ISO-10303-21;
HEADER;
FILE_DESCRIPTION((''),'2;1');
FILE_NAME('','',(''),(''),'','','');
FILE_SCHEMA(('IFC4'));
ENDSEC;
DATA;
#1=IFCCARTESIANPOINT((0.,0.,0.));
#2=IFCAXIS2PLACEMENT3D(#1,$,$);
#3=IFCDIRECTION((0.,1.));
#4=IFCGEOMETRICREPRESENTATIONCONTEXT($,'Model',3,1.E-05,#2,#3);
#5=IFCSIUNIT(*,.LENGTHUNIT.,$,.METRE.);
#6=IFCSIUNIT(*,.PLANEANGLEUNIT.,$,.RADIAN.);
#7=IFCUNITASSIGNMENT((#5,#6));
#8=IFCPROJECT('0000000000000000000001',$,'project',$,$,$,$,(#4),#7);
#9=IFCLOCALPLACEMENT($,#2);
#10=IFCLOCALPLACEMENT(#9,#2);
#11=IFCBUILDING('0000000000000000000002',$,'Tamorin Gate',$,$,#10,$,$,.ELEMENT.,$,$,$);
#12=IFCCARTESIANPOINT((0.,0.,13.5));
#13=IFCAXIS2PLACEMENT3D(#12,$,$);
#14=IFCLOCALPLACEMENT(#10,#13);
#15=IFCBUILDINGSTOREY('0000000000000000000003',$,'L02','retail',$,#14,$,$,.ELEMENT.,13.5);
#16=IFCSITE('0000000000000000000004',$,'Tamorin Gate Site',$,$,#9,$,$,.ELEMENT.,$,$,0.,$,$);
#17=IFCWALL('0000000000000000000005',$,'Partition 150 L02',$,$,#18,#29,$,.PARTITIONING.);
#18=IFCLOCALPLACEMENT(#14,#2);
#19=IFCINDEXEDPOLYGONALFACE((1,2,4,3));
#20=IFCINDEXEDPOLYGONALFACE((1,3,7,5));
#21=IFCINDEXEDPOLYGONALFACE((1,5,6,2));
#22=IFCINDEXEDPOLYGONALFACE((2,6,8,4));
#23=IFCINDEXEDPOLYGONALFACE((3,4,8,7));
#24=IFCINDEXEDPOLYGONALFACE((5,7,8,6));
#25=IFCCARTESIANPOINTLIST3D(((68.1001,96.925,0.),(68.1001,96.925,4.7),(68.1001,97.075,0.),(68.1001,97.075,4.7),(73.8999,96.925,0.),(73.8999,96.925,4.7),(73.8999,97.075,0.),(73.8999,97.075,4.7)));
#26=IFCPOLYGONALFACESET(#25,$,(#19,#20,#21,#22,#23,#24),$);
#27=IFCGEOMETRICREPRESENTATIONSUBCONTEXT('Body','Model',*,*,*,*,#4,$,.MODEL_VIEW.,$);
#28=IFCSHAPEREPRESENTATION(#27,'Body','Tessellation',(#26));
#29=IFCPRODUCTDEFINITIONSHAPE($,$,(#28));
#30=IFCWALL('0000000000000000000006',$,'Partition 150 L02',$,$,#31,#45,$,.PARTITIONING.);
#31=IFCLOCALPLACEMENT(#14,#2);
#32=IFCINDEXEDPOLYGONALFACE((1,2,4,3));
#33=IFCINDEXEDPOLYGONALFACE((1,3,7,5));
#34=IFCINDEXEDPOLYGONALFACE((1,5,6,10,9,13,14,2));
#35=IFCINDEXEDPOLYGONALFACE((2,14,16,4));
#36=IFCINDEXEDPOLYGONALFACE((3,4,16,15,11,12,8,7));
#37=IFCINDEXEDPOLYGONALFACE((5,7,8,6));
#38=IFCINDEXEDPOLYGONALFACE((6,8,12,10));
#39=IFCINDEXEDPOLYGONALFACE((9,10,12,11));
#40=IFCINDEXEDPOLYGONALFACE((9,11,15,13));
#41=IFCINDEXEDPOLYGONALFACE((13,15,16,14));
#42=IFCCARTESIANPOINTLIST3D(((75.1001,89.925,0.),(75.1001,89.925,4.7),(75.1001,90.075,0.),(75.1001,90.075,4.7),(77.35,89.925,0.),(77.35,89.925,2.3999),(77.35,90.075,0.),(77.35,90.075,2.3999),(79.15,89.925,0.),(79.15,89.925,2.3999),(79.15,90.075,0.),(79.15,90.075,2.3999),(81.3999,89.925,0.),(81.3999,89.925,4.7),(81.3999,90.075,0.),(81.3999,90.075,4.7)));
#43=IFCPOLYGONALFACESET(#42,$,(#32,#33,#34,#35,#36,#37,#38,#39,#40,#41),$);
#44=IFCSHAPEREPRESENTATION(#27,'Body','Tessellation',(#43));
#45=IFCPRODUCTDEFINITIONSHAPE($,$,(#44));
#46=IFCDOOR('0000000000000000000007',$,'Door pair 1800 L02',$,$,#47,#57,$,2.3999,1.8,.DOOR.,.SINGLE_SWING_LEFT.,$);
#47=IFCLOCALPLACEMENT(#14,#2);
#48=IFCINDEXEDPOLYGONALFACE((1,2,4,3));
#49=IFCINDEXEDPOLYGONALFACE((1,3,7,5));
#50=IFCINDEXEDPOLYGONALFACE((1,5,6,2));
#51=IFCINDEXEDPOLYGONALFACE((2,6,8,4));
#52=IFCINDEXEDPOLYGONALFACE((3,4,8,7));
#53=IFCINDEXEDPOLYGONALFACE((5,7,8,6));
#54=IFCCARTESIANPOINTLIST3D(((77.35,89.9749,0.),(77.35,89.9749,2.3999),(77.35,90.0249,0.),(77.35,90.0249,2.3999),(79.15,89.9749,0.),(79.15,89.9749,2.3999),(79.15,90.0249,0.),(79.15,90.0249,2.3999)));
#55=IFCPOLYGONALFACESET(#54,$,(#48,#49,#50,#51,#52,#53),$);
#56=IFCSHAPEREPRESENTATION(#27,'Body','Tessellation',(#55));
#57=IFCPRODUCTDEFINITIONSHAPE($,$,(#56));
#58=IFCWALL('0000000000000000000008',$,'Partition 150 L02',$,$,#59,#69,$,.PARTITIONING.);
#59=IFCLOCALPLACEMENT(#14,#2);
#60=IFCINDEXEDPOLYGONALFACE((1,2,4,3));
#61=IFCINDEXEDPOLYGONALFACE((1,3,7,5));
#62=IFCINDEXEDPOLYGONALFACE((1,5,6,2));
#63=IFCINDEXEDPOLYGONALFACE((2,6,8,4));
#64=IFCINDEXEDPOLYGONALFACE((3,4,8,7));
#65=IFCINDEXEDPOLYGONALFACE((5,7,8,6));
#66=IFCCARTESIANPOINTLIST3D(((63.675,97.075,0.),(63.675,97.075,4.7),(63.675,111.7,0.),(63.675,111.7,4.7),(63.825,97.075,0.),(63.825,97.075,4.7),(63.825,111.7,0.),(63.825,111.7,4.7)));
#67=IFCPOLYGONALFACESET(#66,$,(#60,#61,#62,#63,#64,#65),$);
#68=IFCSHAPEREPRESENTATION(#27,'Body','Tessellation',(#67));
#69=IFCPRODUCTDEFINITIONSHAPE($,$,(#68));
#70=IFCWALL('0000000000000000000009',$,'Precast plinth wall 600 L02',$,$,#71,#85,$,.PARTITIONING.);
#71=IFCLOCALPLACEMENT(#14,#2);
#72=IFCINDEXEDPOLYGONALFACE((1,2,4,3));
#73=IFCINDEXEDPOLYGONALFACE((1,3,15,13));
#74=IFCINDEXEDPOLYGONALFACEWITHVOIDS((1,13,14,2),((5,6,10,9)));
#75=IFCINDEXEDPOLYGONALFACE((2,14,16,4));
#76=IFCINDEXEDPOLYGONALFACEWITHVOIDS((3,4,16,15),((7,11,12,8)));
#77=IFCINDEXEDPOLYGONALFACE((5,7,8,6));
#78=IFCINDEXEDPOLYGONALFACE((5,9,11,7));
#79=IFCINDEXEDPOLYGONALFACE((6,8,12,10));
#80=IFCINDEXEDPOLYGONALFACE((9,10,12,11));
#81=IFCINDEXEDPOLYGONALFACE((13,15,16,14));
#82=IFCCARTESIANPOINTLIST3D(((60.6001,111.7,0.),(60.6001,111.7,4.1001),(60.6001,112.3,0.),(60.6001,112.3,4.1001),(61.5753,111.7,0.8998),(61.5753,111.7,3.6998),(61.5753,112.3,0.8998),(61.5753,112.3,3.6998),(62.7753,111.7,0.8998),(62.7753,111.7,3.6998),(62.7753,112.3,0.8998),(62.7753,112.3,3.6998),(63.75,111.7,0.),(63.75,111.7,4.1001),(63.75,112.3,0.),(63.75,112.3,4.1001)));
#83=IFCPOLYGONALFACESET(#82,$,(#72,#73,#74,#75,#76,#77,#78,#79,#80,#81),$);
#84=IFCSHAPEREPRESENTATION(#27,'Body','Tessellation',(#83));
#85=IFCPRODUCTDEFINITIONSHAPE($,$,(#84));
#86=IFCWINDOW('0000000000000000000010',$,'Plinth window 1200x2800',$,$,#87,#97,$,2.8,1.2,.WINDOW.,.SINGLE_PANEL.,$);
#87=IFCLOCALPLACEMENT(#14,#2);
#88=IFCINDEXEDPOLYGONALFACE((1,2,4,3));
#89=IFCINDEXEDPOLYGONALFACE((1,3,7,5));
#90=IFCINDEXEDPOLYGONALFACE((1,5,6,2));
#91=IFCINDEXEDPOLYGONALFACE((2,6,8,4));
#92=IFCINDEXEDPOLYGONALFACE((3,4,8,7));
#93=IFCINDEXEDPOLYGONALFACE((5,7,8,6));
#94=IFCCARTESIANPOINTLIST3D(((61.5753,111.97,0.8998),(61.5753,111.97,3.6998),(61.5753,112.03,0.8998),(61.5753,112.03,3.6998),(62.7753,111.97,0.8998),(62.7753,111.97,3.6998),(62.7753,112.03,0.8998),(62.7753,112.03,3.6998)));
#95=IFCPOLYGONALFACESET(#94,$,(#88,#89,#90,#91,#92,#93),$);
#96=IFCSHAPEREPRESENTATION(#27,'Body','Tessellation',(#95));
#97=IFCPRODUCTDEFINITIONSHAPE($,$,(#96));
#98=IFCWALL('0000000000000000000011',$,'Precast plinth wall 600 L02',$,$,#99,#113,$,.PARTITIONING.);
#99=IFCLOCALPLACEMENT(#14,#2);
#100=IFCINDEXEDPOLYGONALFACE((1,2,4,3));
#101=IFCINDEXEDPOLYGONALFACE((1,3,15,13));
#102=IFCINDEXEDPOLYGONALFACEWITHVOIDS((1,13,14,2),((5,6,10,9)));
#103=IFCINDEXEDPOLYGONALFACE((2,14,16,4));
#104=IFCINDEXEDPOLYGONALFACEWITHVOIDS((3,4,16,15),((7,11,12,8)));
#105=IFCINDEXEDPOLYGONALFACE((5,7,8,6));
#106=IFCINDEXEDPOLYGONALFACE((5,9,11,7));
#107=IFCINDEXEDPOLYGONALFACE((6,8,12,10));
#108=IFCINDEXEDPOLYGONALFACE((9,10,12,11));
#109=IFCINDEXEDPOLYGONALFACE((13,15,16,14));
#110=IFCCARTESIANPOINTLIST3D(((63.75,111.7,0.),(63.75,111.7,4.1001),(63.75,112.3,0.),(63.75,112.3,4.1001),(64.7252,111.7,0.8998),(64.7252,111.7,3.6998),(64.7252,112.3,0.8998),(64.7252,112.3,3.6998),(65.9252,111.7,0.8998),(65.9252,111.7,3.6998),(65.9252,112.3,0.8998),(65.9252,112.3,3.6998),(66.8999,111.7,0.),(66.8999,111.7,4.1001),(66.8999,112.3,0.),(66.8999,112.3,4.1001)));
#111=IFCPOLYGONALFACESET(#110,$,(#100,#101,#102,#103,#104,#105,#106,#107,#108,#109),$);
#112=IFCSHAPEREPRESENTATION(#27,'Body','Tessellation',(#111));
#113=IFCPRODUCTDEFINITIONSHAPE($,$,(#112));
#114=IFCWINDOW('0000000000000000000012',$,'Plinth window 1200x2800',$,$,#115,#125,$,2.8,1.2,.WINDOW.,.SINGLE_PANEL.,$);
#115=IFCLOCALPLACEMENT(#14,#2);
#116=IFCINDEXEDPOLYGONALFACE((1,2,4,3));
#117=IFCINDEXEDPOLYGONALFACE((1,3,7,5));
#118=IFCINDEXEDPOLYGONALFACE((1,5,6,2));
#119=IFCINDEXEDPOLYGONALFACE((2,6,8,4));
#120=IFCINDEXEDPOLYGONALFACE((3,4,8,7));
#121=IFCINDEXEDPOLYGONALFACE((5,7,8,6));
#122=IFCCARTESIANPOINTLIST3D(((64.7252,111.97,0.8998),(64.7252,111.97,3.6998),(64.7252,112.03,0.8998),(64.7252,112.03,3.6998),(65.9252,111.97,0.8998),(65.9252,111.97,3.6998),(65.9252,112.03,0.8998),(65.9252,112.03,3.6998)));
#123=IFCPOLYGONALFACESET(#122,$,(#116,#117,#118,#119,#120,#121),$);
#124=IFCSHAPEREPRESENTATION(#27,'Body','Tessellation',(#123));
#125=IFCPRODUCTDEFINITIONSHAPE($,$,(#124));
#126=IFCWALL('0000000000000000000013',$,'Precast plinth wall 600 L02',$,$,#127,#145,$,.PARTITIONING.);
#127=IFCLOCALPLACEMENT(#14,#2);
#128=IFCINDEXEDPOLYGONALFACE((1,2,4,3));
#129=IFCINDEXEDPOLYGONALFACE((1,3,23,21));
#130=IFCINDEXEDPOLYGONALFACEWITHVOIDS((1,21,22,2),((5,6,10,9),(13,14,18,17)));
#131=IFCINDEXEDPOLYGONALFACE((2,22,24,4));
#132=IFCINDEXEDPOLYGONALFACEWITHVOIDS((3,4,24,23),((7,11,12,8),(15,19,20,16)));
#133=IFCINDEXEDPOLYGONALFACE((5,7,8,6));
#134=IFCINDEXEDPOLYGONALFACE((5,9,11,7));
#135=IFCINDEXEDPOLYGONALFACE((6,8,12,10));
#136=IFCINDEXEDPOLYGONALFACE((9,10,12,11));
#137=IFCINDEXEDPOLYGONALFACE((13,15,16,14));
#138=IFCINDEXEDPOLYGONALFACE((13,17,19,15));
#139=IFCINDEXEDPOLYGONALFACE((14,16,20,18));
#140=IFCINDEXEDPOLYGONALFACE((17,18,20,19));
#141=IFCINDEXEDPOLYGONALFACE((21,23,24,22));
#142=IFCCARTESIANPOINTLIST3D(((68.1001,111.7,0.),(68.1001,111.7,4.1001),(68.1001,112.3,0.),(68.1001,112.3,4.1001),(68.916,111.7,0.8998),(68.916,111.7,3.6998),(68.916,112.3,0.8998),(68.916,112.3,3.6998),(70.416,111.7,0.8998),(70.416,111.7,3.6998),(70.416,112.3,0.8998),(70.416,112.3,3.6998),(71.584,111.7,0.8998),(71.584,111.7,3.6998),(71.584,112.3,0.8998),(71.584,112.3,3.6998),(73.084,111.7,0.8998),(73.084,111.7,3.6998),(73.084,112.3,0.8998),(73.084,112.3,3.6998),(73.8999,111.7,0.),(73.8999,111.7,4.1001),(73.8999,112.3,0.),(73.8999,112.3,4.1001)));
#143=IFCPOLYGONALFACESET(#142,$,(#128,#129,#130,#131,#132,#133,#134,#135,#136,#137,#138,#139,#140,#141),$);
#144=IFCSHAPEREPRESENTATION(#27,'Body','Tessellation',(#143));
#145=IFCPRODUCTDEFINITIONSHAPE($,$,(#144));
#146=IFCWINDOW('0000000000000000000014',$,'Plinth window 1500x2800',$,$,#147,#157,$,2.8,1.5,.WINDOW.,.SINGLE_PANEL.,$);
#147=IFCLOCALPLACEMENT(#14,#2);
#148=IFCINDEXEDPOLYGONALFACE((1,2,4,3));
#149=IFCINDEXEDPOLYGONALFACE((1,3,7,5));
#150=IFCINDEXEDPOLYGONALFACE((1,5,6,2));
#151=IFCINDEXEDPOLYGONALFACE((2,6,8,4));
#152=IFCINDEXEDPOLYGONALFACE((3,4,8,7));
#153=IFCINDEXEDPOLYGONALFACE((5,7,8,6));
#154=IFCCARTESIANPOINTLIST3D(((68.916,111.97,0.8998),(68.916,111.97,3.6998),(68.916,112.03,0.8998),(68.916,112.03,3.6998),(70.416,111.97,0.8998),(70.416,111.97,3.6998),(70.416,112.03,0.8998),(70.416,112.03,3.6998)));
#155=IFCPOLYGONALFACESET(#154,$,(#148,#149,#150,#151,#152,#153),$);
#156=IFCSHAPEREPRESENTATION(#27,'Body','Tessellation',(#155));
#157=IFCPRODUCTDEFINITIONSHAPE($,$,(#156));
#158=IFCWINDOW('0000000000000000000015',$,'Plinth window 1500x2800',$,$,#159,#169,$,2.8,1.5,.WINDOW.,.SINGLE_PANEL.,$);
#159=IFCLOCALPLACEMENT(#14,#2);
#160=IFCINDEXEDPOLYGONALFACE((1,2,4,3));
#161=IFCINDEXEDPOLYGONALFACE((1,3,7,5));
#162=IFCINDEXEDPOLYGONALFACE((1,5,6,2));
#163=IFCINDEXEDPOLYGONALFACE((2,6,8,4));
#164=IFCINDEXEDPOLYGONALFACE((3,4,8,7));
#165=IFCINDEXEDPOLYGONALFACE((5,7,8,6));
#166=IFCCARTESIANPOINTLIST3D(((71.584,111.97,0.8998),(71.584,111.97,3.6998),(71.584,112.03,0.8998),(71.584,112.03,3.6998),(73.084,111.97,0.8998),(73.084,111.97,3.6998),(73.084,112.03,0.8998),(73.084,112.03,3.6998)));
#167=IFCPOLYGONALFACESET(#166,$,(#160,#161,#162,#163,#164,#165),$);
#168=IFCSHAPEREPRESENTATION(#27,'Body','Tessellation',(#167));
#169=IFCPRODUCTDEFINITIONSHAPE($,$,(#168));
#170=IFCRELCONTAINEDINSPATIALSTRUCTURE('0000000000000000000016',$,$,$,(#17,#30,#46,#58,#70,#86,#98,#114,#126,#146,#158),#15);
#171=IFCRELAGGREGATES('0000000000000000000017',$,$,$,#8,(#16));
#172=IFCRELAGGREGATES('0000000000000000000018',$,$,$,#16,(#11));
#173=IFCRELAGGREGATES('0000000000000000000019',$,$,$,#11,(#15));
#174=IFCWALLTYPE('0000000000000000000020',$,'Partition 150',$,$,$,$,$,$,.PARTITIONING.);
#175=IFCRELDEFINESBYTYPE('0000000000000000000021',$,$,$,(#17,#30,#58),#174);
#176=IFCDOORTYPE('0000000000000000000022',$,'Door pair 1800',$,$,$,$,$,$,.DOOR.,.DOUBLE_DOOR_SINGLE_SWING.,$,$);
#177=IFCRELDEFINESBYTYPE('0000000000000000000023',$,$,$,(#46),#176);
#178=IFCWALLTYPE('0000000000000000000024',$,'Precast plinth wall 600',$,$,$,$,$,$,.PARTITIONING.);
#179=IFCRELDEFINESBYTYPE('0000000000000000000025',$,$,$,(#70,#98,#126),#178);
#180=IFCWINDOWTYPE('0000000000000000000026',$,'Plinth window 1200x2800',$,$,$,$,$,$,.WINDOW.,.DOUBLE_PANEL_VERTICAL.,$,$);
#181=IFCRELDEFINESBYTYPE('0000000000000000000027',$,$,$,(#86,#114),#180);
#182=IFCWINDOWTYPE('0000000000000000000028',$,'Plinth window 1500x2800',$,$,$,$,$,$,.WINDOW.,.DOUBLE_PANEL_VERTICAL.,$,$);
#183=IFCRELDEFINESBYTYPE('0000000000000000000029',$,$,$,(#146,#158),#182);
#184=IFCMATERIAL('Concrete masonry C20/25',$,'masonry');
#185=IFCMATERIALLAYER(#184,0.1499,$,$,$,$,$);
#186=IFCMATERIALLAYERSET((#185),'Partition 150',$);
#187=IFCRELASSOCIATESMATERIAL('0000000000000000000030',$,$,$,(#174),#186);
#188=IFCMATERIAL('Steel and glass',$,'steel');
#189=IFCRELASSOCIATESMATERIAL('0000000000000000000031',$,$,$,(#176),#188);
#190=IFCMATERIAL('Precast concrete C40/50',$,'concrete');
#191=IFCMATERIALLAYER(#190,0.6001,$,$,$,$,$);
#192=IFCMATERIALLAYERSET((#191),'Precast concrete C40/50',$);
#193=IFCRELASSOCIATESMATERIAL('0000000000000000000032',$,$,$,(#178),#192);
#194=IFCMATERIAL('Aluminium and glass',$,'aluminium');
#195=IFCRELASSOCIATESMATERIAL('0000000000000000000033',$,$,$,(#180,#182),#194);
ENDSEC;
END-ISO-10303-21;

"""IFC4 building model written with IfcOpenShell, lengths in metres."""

from ifc_helpers import new_model, si_unit, direction, frame, frame_2d, origin, place, context, subcontext, project, spatial, rectangle, extrude, material, layer, layer_set, type_object, element, fill, save


model = new_model("IFC4")

# Units and contexts
model_context = context("Model", 3, precision=1e-05, world=origin(), true_north=direction((0.0, 1.0)))
body_context = subcontext(model_context, "Body", "Model", "MODEL_VIEW")
ifc_project = project(units=[si_unit("LENGTHUNIT", "METRE"), si_unit("PLANEANGLEUNIT", "RADIAN")], contexts=[model_context])

# Site, building, storey
site_placement = place(None, origin())
site = spatial("IfcSite", under=ifc_project, at=site_placement, Name="Tamorin Gate Site", CompositionType="ELEMENT", RefElevation=0.0)
building_placement = place(site_placement, origin())
building = spatial("IfcBuilding", under=site, at=building_placement, Name="Tamorin Gate", CompositionType="ELEMENT")
storey_placement = place(building_placement, frame((0.0, 0.0, 13.5)))
storey = spatial("IfcBuildingStorey", under=building, at=storey_placement, Name="L02", Description="retail", CompositionType="ELEMENT", Elevation=13.5)

# Shared definitions
ifc_material_1 = material(Name="Concrete masonry C20/25", Category="masonry")
ifc_layer_1 = layer(ifc_material_1, 0.1499)
ifc_layer_set_1 = layer_set([ifc_layer_1], Name="Partition 150")
wall_type_1 = type_object("IfcWallType", Name="Partition 150", PredefinedType="PARTITIONING", material=ifc_layer_set_1)
ifc_material_2 = material(Name="Steel and glass", Category="steel")
door_type = type_object("IfcDoorType", Name="Door pair 1800", OperationType="DOUBLE_DOOR_SINGLE_SWING", PredefinedType="DOOR", material=ifc_material_2)

# Wall
wall_1_placement = place(storey_placement, frame((68.1001, 97.0, 0.0), z_axis=(0.0, 0.0, 1.0), x_axis=(1.0, 0.0, 0.0)))
element("IfcWall", 1, at=wall_1_placement, inside=storey, type_object=wall_type_1, Name="Partition 150 L02", PredefinedType="PARTITIONING", context=body_context, shape_type="SweptSolid", body=[
    extrude(rectangle(XDim=5.7998, YDim=0.1499, at=frame_2d((2.8999, 0.0))), origin(), (0.0, 0.0, 1.0), 4.7),
])

# Wall, opening, door
wall_2_placement = place(storey_placement, frame((75.1001, 90.0, 0.0), z_axis=(0.0, 0.0, 1.0), x_axis=(1.0, 0.0, 0.0)))
wall_2 = element("IfcWall", 2, at=wall_2_placement, inside=storey, type_object=wall_type_1, Name="Partition 150 L02", PredefinedType="PARTITIONING", context=body_context, shape_type="SweptSolid", body=[
    extrude(rectangle(XDim=6.2998, YDim=0.1499, at=frame_2d((3.1499, 0.0))), origin(), (0.0, 0.0, 1.0), 4.7),
])
opening_1_placement = place(wall_2_placement, frame((2.25, 0.0, 0.0)))
opening_1 = element("IfcOpeningElement", 3, at=opening_1_placement, cuts=wall_2, PredefinedType="OPENING", context=body_context, shape_type="SweptSolid", body=[
    extrude(rectangle(XDim=1.8, YDim=2.3999, at=frame_2d((0.8999, 1.2))), frame((0.0, 0.085, 0.0), z_axis=(0.0, -1.0, 0.0), x_axis=(1.0, 0.0, 0.0)), (0.0, 0.0, 1.0), 0.1699),
])
door_1_placement = place(opening_1_placement, origin())
door_1 = element("IfcDoor", 4, at=door_1_placement, inside=storey, type_object=door_type, Name="Door pair 1800 L02", OperationType="SINGLE_SWING_LEFT", OverallHeight=2.3999, OverallWidth=1.8, PredefinedType="DOOR", context=body_context, shape_type="SweptSolid", body=[
    extrude(rectangle(XDim=1.8, YDim=2.3999, at=frame_2d((0.8999, 1.2))), frame((0.0, 0.0249, 0.0), z_axis=(0.0, -1.0, 0.0), x_axis=(1.0, 0.0, 0.0)), (0.0, 0.0, 1.0), 0.05),
])
fill(opening_1, door_1)

# Wall
wall_3_placement = place(storey_placement, frame((63.75, 97.075, 0.0), z_axis=(0.0, 0.0, 1.0), x_axis=(0.0, 1.0, 0.0)))
element("IfcWall", 5, at=wall_3_placement, inside=storey, type_object=wall_type_1, Name="Partition 150 L02", PredefinedType="PARTITIONING", context=body_context, shape_type="SweptSolid", body=[
    extrude(rectangle(XDim=14.625, YDim=0.1499, at=frame_2d((7.3125, 0.0))), origin(), (0.0, 0.0, 1.0), 4.7),
])

# Walls, openings, windows
ifc_material_3 = material(Name="Precast concrete C40/50", Category="concrete")
ifc_layer_2 = layer(ifc_material_3, 0.6001)
ifc_layer_set_2 = layer_set([ifc_layer_2], Name="Precast concrete C40/50")
wall_type_2 = type_object("IfcWallType", Name="Precast plinth wall 600", PredefinedType="PARTITIONING", material=ifc_layer_set_2)
wall_4_placement = place(storey_placement, frame((60.6001, 112.0, 0.0), z_axis=(0.0, 0.0, 1.0), x_axis=(1.0, 0.0, 0.0)))
wall_4 = element("IfcWall", 6, at=wall_4_placement, inside=storey, type_object=wall_type_2, Name="Precast plinth wall 600 L02", PredefinedType="PARTITIONING", context=body_context, shape_type="SweptSolid", body=[
    extrude(rectangle(XDim=3.1499, YDim=0.6001, at=frame_2d((1.575, 0.0))), origin(), (0.0, 0.0, 1.0), 4.1001),
])
opening_2_placement = place(wall_4_placement, frame((0.9751, 0.0, 0.8999)))
opening_2 = element("IfcOpeningElement", 7, at=opening_2_placement, cuts=wall_4, PredefinedType="OPENING", context=body_context, shape_type="SweptSolid", body=[
    extrude(rectangle(XDim=1.2, YDim=2.8, at=frame_2d((0.6001, 1.3999))), frame((0.0, 0.3101, 0.0), z_axis=(0.0, -1.0, 0.0), x_axis=(1.0, 0.0, 0.0)), (0.0, 0.0, 1.0), 0.6201),
])
ifc_material_4 = material(Name="Aluminium and glass", Category="aluminium")
window_type_1 = type_object("IfcWindowType", Name="Plinth window 1200x2800", PartitioningType="DOUBLE_PANEL_VERTICAL", PredefinedType="WINDOW", material=ifc_material_4)
window_1_placement = place(opening_2_placement, origin())
window_1 = element("IfcWindow", 8, at=window_1_placement, inside=storey, type_object=window_type_1, Name="Plinth window 1200x2800", OverallHeight=2.8, OverallWidth=1.2, PartitioningType="SINGLE_PANEL", PredefinedType="WINDOW", context=body_context, shape_type="SweptSolid", body=[
    extrude(rectangle(XDim=1.2, YDim=2.8, at=frame_2d((0.6001, 1.3999))), frame((0.0, 0.03, 0.0), z_axis=(0.0, -1.0, 0.0), x_axis=(1.0, 0.0, 0.0)), (0.0, 0.0, 1.0), 0.0601),
])
fill(opening_2, window_1)
wall_5_placement = place(storey_placement, frame((63.75, 112.0, 0.0), z_axis=(0.0, 0.0, 1.0), x_axis=(1.0, 0.0, 0.0)))
wall_5 = element("IfcWall", 9, at=wall_5_placement, inside=storey, type_object=wall_type_2, Name="Precast plinth wall 600 L02", PredefinedType="PARTITIONING", context=body_context, shape_type="SweptSolid", body=[
    extrude(rectangle(XDim=3.1499, YDim=0.6001, at=frame_2d((1.575, 0.0))), origin(), (0.0, 0.0, 1.0), 4.1001),
])
opening_3_placement = place(wall_5_placement, frame((0.9751, 0.0, 0.8999)))
opening_3 = element("IfcOpeningElement", 10, at=opening_3_placement, cuts=wall_5, PredefinedType="OPENING", context=body_context, shape_type="SweptSolid", body=[
    extrude(rectangle(XDim=1.2, YDim=2.8, at=frame_2d((0.6001, 1.3999))), frame((0.0, 0.3101, 0.0), z_axis=(0.0, -1.0, 0.0), x_axis=(1.0, 0.0, 0.0)), (0.0, 0.0, 1.0), 0.6201),
])
window_2_placement = place(opening_3_placement, origin())
window_2 = element("IfcWindow", 11, at=window_2_placement, inside=storey, type_object=window_type_1, Name="Plinth window 1200x2800", OverallHeight=2.8, OverallWidth=1.2, PartitioningType="SINGLE_PANEL", PredefinedType="WINDOW", context=body_context, shape_type="SweptSolid", body=[
    extrude(rectangle(XDim=1.2, YDim=2.8, at=frame_2d((0.6001, 1.3999))), frame((0.0, 0.03, 0.0), z_axis=(0.0, -1.0, 0.0), x_axis=(1.0, 0.0, 0.0)), (0.0, 0.0, 1.0), 0.0601),
])
fill(opening_3, window_2)

# Wall, openings, windows
wall_6_placement = place(storey_placement, frame((68.1001, 112.0, 0.0), z_axis=(0.0, 0.0, 1.0), x_axis=(1.0, 0.0, 0.0)))
wall_6 = element("IfcWall", 12, at=wall_6_placement, inside=storey, type_object=wall_type_2, Name="Precast plinth wall 600 L02", PredefinedType="PARTITIONING", context=body_context, shape_type="SweptSolid", body=[
    extrude(rectangle(XDim=5.7998, YDim=0.6001, at=frame_2d((2.8999, 0.0))), origin(), (0.0, 0.0, 1.0), 4.1001),
])
opening_4_placement = place(wall_6_placement, frame((0.8159, 0.0, 0.8999)))
opening_4 = element("IfcOpeningElement", 13, at=opening_4_placement, cuts=wall_6, PredefinedType="OPENING", context=body_context, shape_type="SweptSolid", body=[
    extrude(rectangle(XDim=1.5, YDim=2.8, at=frame_2d((0.75, 1.3999))), frame((0.0, 0.3101, 0.0), z_axis=(0.0, -1.0, 0.0), x_axis=(1.0, 0.0, 0.0)), (0.0, 0.0, 1.0), 0.6201),
])
opening_5_placement = place(wall_6_placement, frame((3.4839, 0.0, 0.8999)))
opening_5 = element("IfcOpeningElement", 14, at=opening_5_placement, cuts=wall_6, PredefinedType="OPENING", context=body_context, shape_type="SweptSolid", body=[
    extrude(rectangle(XDim=1.5, YDim=2.8, at=frame_2d((0.75, 1.3999))), frame((0.0, 0.3101, 0.0), z_axis=(0.0, -1.0, 0.0), x_axis=(1.0, 0.0, 0.0)), (0.0, 0.0, 1.0), 0.6201),
])
window_type_2 = type_object("IfcWindowType", Name="Plinth window 1500x2800", PartitioningType="DOUBLE_PANEL_VERTICAL", PredefinedType="WINDOW", material=ifc_material_4)
window_3_placement = place(opening_4_placement, origin())
window_3 = element("IfcWindow", 15, at=window_3_placement, inside=storey, type_object=window_type_2, Name="Plinth window 1500x2800", OverallHeight=2.8, OverallWidth=1.5, PartitioningType="SINGLE_PANEL", PredefinedType="WINDOW", context=body_context, shape_type="SweptSolid", body=[
    extrude(rectangle(XDim=1.5, YDim=2.8, at=frame_2d((0.75, 1.3999))), frame((0.0, 0.03, 0.0), z_axis=(0.0, -1.0, 0.0), x_axis=(1.0, 0.0, 0.0)), (0.0, 0.0, 1.0), 0.0601),
])
fill(opening_4, window_3)
window_4_placement = place(opening_5_placement, origin())
window_4 = element("IfcWindow", 16, at=window_4_placement, inside=storey, type_object=window_type_2, Name="Plinth window 1500x2800", OverallHeight=2.8, OverallWidth=1.5, PartitioningType="SINGLE_PANEL", PredefinedType="WINDOW", context=body_context, shape_type="SweptSolid", body=[
    extrude(rectangle(XDim=1.5, YDim=2.8, at=frame_2d((0.75, 1.3999))), frame((0.0, 0.03, 0.0), z_axis=(0.0, -1.0, 0.0), x_axis=(1.0, 0.0, 0.0)), (0.0, 0.0, 1.0), 0.0601),
])
fill(opening_5, window_4)

save(model, "model.ifc")
